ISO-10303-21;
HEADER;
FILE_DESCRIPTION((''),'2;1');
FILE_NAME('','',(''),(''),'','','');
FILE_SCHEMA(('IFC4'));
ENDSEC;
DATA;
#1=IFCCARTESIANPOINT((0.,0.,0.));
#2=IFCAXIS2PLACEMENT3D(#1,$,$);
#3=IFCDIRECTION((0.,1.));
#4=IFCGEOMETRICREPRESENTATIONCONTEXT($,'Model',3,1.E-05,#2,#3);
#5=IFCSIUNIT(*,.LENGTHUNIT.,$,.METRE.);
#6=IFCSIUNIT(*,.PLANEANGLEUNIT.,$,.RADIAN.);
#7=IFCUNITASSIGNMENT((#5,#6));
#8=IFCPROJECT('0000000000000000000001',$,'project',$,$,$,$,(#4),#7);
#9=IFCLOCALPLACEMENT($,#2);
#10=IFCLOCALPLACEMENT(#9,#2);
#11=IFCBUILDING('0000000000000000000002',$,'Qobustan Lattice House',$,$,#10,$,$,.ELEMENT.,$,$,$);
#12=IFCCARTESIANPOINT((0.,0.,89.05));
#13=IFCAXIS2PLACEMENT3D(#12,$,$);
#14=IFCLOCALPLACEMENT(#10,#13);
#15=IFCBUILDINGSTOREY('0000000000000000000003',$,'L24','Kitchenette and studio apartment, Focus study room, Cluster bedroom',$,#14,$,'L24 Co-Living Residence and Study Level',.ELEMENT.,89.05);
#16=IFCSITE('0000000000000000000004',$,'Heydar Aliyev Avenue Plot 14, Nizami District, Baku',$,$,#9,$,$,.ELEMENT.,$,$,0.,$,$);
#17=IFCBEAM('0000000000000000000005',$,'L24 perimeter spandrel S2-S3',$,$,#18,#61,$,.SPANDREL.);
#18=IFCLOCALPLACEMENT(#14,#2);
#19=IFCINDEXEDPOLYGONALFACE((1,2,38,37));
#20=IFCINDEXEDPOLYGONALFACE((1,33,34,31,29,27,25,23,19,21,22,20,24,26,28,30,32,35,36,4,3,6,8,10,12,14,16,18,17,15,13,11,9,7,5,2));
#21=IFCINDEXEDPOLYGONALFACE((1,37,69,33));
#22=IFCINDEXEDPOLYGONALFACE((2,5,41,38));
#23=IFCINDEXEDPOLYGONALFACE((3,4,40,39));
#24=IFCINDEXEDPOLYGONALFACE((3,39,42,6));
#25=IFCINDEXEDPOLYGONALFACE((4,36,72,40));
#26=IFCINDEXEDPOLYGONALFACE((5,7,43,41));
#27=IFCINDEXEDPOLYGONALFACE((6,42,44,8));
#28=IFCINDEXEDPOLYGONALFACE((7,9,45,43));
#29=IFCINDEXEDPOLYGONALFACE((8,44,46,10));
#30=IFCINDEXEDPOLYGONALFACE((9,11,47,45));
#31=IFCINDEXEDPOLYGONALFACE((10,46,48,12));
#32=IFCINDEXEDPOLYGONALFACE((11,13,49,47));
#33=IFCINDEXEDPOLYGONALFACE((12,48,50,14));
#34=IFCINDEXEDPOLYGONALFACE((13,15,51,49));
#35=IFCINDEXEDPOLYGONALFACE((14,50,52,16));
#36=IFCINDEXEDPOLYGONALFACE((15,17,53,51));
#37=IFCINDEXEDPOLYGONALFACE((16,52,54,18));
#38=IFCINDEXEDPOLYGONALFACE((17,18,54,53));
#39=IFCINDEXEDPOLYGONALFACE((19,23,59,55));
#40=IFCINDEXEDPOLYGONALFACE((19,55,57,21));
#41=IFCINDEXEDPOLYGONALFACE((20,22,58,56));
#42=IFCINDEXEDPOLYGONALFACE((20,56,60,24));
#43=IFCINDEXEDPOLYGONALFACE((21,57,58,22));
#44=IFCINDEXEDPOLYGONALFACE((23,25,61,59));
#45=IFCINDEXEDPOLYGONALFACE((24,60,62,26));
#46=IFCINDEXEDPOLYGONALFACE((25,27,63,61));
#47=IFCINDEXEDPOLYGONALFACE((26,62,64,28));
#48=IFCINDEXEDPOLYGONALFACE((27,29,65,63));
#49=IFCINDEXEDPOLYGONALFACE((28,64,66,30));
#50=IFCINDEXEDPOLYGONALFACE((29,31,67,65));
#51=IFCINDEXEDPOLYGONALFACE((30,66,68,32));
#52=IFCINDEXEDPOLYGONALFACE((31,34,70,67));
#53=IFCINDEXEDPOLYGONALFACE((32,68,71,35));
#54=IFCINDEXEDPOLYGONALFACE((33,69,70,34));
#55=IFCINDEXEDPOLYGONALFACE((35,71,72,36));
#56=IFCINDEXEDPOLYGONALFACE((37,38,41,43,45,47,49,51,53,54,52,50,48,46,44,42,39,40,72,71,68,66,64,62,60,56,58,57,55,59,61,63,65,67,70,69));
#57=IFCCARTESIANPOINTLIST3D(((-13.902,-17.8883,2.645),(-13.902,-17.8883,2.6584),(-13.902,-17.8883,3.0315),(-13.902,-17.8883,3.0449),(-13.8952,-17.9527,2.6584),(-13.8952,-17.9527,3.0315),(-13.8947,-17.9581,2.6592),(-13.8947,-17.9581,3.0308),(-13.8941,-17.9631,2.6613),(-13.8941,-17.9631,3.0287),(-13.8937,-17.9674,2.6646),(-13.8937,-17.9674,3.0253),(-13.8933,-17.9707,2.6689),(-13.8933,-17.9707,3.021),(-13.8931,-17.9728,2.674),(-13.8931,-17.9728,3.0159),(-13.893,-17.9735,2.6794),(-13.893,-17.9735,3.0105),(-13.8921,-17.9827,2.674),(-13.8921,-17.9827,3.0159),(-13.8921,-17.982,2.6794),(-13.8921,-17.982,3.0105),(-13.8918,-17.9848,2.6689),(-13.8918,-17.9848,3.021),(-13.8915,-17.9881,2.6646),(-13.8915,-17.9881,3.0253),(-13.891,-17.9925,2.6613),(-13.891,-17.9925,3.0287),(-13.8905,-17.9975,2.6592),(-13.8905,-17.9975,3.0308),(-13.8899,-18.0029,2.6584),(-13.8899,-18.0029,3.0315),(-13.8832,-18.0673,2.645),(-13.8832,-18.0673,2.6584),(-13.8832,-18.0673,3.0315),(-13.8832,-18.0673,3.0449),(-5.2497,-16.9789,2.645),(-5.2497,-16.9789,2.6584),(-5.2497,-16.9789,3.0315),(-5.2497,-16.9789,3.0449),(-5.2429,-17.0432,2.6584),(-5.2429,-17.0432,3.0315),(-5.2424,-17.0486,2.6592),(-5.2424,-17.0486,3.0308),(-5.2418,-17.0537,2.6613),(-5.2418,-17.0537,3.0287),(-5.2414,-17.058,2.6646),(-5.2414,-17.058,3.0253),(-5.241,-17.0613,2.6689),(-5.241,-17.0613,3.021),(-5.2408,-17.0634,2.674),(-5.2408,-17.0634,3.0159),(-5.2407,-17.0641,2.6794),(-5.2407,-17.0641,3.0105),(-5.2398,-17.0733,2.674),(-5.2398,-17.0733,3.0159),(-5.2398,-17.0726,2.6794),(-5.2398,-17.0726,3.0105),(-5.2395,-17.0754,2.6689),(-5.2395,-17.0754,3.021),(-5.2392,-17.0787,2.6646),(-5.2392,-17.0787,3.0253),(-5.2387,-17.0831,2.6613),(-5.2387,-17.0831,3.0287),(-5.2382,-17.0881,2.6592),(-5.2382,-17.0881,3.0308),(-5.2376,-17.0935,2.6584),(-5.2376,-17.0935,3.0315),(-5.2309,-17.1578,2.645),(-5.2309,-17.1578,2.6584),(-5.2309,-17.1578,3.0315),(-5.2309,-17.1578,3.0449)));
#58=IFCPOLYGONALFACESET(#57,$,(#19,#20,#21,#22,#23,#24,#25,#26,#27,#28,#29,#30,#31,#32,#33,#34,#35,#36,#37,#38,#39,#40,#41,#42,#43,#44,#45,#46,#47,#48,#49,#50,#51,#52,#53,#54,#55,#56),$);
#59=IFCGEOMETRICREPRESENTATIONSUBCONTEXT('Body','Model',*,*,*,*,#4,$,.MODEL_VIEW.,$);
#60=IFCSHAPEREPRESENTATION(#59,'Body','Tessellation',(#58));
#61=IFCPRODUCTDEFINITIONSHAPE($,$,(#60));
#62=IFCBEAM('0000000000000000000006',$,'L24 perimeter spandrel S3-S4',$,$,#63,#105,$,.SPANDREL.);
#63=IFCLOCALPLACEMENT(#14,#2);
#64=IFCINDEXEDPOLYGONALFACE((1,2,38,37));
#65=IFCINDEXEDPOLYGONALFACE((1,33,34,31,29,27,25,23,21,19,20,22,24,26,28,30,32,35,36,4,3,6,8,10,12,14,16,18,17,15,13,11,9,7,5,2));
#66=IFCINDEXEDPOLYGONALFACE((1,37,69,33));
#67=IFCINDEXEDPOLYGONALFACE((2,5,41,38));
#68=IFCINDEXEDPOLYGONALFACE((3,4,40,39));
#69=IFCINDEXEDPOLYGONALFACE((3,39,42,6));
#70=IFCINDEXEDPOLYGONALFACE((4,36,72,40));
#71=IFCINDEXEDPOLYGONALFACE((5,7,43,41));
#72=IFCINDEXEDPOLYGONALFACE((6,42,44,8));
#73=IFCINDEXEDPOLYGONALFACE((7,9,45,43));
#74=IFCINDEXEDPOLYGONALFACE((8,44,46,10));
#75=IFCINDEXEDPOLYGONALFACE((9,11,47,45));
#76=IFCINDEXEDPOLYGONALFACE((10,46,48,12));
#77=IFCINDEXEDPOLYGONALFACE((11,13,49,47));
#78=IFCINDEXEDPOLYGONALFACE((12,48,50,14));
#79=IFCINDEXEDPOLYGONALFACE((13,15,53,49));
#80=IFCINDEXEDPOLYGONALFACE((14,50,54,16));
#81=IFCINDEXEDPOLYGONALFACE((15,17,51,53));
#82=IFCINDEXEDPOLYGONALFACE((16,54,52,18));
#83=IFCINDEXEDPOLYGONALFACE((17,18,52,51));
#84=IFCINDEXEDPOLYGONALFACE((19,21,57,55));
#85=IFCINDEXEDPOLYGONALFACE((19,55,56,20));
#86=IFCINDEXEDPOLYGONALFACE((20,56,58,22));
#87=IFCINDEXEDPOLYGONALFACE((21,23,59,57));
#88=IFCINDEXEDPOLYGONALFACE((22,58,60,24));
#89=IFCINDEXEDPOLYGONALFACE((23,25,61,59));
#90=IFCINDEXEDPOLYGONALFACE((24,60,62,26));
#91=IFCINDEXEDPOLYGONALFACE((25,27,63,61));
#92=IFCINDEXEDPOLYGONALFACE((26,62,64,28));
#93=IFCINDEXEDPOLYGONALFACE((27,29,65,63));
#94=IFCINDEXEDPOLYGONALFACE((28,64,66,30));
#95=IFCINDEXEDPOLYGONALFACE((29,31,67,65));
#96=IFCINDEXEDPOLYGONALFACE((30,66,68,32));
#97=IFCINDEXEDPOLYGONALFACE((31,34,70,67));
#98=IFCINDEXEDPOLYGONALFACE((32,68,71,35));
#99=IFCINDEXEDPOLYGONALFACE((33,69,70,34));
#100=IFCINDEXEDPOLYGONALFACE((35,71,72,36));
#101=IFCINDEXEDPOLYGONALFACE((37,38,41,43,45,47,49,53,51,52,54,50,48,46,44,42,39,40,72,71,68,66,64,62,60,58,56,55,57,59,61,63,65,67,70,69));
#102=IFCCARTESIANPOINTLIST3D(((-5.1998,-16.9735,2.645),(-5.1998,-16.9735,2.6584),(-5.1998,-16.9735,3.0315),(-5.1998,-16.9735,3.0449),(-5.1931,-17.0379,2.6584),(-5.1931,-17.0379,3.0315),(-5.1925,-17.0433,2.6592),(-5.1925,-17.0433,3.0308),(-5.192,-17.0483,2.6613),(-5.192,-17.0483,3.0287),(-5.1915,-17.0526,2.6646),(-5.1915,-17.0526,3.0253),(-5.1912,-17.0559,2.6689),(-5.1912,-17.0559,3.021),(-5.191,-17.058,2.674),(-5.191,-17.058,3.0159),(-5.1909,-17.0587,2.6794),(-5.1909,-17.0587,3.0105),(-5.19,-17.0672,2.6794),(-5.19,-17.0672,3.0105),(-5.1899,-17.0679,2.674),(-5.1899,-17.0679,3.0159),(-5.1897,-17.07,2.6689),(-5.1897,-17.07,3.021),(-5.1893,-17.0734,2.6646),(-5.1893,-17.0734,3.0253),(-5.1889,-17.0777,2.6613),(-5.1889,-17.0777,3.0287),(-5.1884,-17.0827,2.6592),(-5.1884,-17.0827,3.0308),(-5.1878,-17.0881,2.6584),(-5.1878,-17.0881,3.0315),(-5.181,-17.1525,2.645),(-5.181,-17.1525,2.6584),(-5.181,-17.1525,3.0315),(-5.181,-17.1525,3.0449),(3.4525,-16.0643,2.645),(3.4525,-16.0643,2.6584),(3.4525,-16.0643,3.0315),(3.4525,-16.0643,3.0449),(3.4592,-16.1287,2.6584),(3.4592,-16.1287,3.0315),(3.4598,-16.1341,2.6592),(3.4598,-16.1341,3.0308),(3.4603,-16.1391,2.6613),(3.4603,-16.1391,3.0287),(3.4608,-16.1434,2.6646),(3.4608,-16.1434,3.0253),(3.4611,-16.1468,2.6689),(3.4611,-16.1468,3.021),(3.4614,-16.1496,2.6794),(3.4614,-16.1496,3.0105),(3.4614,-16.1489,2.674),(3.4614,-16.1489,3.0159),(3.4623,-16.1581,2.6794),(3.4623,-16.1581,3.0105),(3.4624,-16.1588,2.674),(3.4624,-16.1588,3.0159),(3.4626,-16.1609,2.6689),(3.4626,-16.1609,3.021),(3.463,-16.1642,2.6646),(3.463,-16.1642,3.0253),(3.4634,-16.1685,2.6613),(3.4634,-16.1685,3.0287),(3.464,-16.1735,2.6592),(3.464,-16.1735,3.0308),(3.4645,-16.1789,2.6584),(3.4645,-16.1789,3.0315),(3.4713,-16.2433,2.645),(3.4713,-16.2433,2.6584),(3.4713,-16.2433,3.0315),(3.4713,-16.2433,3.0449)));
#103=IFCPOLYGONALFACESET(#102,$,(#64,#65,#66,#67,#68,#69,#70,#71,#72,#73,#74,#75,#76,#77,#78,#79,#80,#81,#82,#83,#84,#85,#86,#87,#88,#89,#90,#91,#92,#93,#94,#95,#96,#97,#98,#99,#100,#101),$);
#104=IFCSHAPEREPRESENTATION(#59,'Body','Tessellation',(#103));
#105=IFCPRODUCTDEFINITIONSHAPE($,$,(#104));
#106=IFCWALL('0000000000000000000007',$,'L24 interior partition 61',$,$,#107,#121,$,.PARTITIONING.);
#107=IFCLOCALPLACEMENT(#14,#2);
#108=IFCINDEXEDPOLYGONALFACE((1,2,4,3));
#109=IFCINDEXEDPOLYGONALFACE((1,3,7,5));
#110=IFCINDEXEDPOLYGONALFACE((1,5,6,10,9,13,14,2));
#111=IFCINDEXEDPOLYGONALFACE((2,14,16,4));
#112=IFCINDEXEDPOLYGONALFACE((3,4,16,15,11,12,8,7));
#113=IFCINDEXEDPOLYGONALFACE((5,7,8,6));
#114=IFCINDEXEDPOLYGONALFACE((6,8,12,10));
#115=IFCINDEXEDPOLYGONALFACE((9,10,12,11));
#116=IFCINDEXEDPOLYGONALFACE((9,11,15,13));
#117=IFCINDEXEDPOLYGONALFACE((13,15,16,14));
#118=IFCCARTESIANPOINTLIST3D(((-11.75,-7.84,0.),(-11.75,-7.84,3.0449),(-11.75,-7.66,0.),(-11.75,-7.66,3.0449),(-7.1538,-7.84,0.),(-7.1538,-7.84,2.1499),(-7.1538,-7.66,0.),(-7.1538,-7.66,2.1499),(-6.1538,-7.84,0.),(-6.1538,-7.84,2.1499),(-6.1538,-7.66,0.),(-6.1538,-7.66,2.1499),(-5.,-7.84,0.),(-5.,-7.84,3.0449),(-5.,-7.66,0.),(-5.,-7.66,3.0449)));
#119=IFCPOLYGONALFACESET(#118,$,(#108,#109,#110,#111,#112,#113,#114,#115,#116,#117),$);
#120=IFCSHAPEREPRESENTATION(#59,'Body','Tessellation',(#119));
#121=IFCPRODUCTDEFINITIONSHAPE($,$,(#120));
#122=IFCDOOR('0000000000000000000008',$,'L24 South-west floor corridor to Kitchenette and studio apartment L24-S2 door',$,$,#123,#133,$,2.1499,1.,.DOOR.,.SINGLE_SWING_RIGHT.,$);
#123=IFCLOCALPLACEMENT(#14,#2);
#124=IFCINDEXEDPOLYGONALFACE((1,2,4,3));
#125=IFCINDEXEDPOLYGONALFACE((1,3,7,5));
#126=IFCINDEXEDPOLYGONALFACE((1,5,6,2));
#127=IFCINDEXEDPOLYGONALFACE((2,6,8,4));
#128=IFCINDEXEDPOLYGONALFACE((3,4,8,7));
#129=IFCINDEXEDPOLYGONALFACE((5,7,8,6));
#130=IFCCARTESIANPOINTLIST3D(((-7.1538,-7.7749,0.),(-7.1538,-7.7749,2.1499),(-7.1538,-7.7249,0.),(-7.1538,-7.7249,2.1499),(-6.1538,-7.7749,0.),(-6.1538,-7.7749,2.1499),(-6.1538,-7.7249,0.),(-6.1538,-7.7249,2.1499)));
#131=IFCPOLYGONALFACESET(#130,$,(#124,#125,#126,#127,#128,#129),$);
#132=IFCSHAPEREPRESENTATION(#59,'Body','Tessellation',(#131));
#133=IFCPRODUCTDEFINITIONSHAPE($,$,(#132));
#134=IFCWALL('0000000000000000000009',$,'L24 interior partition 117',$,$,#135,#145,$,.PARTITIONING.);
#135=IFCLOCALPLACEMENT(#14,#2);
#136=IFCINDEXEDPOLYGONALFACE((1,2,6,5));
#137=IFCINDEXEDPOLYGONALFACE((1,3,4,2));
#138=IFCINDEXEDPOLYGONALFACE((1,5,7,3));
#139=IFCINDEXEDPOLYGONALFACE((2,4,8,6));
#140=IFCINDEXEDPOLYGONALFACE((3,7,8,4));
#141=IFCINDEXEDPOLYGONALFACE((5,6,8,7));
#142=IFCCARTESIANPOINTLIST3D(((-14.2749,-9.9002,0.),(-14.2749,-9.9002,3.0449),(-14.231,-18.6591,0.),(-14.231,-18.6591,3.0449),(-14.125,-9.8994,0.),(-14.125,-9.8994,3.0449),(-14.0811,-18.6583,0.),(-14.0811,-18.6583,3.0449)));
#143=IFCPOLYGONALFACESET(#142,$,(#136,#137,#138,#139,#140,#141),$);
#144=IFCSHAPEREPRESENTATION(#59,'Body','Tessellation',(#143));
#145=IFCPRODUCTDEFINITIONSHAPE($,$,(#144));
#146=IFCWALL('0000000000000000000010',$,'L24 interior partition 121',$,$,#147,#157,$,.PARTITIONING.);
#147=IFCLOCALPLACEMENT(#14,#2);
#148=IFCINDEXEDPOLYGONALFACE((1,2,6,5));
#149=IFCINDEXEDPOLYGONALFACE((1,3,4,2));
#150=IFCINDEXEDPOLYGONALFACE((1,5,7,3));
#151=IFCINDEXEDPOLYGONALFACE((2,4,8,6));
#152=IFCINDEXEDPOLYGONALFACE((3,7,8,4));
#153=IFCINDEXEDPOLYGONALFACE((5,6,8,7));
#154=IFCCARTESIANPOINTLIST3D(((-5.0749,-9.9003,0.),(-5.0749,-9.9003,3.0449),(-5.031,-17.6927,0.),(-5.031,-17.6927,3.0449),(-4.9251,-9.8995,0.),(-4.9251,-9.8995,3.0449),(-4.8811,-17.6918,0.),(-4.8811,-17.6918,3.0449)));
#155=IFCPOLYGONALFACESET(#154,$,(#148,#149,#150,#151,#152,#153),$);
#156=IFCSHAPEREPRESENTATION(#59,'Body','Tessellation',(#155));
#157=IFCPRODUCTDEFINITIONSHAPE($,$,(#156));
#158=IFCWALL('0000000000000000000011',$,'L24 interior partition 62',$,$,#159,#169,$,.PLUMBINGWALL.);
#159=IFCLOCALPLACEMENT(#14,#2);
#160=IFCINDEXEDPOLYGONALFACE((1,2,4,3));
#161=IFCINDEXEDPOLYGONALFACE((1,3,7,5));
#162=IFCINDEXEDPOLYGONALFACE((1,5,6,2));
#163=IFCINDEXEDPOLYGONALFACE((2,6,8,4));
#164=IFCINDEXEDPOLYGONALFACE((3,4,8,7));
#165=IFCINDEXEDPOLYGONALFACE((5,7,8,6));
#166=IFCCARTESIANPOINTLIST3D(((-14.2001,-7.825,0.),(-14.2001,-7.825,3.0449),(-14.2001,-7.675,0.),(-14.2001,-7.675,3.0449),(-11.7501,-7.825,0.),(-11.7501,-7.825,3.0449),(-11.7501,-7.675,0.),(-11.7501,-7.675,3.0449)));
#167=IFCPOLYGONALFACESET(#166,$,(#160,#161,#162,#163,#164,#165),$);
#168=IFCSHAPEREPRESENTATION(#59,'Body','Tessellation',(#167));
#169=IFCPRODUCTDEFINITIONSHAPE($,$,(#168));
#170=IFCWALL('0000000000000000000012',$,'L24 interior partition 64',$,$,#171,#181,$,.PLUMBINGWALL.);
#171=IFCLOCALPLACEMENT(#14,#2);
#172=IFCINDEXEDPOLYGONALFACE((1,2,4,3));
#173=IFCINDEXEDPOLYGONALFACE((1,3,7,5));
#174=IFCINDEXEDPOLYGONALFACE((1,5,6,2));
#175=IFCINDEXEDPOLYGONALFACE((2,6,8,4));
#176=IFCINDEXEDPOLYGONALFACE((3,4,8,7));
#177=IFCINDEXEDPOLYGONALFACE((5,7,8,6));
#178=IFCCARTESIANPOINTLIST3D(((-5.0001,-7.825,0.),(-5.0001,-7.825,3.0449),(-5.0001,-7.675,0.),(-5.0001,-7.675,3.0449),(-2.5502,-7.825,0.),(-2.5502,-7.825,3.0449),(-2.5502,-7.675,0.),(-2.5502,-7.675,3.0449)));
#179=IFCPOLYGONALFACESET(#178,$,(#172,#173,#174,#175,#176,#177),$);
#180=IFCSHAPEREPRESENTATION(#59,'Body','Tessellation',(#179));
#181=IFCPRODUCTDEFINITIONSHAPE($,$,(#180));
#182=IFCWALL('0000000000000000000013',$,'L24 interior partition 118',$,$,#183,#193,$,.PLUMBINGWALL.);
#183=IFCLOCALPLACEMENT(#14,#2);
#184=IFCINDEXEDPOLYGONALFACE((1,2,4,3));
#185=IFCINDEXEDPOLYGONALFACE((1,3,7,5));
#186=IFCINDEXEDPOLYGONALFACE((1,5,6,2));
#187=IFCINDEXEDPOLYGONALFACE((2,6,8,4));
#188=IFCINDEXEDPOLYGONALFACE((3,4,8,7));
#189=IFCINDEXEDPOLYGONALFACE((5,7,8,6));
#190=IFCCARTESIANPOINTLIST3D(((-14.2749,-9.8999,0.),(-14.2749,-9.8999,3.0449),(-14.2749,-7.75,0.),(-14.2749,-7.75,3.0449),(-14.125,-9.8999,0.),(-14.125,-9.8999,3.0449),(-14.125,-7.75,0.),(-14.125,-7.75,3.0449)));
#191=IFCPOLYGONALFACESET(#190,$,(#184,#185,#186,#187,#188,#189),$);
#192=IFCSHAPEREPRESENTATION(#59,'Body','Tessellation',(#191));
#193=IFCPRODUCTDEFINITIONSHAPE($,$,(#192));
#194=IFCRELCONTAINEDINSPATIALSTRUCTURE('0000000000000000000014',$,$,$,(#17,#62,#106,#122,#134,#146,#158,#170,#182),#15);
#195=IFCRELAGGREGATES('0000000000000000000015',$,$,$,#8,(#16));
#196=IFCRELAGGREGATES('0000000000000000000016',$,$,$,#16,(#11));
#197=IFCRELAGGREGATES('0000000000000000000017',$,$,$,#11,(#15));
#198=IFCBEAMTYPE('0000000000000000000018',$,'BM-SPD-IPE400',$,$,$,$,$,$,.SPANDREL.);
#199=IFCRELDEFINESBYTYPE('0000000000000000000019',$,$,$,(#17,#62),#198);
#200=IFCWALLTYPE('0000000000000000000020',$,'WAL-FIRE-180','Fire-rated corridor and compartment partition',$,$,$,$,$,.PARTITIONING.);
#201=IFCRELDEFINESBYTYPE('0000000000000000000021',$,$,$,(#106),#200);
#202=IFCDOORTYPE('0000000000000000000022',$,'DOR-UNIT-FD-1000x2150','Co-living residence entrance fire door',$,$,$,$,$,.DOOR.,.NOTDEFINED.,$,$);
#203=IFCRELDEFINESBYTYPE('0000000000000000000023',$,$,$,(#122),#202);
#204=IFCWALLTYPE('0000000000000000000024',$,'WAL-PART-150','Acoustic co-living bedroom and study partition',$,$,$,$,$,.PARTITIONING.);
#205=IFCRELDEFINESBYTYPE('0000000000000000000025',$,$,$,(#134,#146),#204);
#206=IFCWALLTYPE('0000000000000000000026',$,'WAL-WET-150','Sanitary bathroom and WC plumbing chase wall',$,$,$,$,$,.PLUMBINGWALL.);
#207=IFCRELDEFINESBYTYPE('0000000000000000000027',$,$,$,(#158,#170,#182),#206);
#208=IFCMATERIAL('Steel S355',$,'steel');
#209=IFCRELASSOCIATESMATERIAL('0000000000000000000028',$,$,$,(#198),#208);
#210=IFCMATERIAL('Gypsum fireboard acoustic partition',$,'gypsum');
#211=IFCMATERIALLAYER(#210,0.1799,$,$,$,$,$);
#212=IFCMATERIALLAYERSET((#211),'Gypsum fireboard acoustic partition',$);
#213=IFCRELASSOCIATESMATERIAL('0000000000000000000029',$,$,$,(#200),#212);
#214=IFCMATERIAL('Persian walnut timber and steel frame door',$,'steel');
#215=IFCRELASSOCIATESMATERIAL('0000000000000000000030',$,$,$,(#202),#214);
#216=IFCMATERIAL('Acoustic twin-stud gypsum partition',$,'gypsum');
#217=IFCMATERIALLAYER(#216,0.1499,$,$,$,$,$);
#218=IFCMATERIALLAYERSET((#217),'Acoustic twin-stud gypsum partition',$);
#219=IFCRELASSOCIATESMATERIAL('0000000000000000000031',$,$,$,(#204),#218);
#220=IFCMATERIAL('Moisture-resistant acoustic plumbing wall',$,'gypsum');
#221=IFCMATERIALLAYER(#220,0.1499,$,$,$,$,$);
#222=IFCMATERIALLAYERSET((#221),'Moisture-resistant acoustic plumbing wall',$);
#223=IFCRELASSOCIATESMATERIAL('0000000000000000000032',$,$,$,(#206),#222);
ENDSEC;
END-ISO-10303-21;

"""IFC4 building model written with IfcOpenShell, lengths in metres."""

from ifc_helpers import new_model, si_unit, direction, frame, frame_2d, origin, origin_2d, place, context, subcontext, project, spatial, rectangle, i_section, extrude, material, layer, layer_set, material_profile, profile_set, type_object, element, fill, save


model = new_model("IFC4")

# Units and contexts
model_context = context("Model", 3, precision=1e-05, world=origin(), true_north=direction((0.0, 1.0)))
body_context = subcontext(model_context, "Body", "Model", "MODEL_VIEW")
ifc_project = project(units=[si_unit("LENGTHUNIT", "METRE"), si_unit("PLANEANGLEUNIT", "RADIAN")], contexts=[model_context])

# Site, building, storey
site_placement = place(None, origin())
site = spatial("IfcSite", under=ifc_project, at=site_placement, Name="Heydar Aliyev Avenue Plot 14, Nizami District, Baku", CompositionType="ELEMENT", RefElevation=0.0)
building_placement = place(site_placement, origin())
building = spatial("IfcBuilding", under=site, at=building_placement, Name="Qobustan Lattice House", CompositionType="ELEMENT")
storey_placement = place(building_placement, frame((0.0, 0.0, 89.05)))
storey = spatial("IfcBuildingStorey", under=building, at=storey_placement, Name="L24", Description="Kitchenette and studio apartment, Focus study room, Cluster bedroom", LongName="L24 Co-Living Residence and Study Level", CompositionType="ELEMENT", Elevation=89.05)

# Beams
ifc_material_1 = material(Name="Steel S355", Category="steel")
ifc_material_profile_1 = material_profile(ifc_material_1, i_section(OverallWidth=0.1799, OverallDepth=0.3999, WebThickness=0.0085, FlangeThickness=0.0134, FilletRadius=0.021, at=origin_2d()), Name="IPE400")
ifc_profile_set_1 = profile_set([ifc_material_profile_1], Name="Steel S355")
beam_type_1 = type_object("IfcBeamType", Name="BM-SPD-IPE400", PredefinedType="SPANDREL", material=ifc_profile_set_1)
for number, where, z_axis, x_axis, name in (
    (1, (-13.8926, -17.9778, 2.845), (0.994522, 0.104531, 0.0), (-0.104531, 0.994522, 0.0), "L24 perimeter spandrel S2-S3"),
    (2, (-5.1904, -17.063, 2.845), (0.994525, 0.104504, 0.0), (-0.104504, 0.994525, 0.0), "L24 perimeter spandrel S3-S4"),
):
    element("IfcBeam", number, at=place(storey_placement, frame(where, z_axis=z_axis, x_axis=x_axis)), inside=storey, type_object=beam_type_1, Name=name, PredefinedType="SPANDREL", context=body_context, shape_type="SweptSolid", body=[
        extrude(i_section(OverallWidth=0.1799, OverallDepth=0.3999, WebThickness=0.0085, FlangeThickness=0.0134, FilletRadius=0.021, at=origin_2d()), origin(), (0.0, 0.0, 1.0), 8.7),
    ])

# Wall, opening, door
ifc_material_2 = material(Name="Gypsum fireboard acoustic partition", Category="gypsum")
ifc_layer_1 = layer(ifc_material_2, 0.1799)
ifc_layer_set_1 = layer_set([ifc_layer_1], Name="Gypsum fireboard acoustic partition")
wall_type_1 = type_object("IfcWallType", Name="WAL-FIRE-180", Description="Fire-rated corridor and compartment partition", PredefinedType="PARTITIONING", material=ifc_layer_set_1)
wall_1_placement = place(storey_placement, frame((-5.0, -7.75, 0.0), z_axis=(0.0, 0.0, 1.0), x_axis=(-1.0, 0.0, 0.0)))
wall_1 = element("IfcWall", 3, at=wall_1_placement, inside=storey, type_object=wall_type_1, Name="L24 interior partition 61", PredefinedType="PARTITIONING", context=body_context, shape_type="SweptSolid", body=[
    extrude(rectangle(XDim=6.75, YDim=0.1799, at=frame_2d((3.375, 0.0))), origin(), (0.0, 0.0, 1.0), 3.0449),
])
opening_1_placement = place(wall_1_placement, frame((1.1538, 0.0, 0.0)))
opening_1 = element("IfcOpeningElement", 4, at=opening_1_placement, cuts=wall_1, PredefinedType="OPENING", context=body_context, shape_type="SweptSolid", body=[
    extrude(rectangle(XDim=1.0, YDim=2.1499, at=frame_2d((0.5, 1.075))), frame((0.0, 0.0999, 0.0), z_axis=(0.0, -1.0, 0.0), x_axis=(1.0, 0.0, 0.0)), (0.0, 0.0, 1.0), 0.2),
])
ifc_material_3 = material(Name="Persian walnut timber and steel frame door", Category="steel")
door_type_1 = type_object("IfcDoorType", Name="DOR-UNIT-FD-1000x2150", Description="Co-living residence entrance fire door", OperationType="NOTDEFINED", PredefinedType="DOOR", material=ifc_material_3)
door_1_placement = place(opening_1_placement, origin())
door_1 = element("IfcDoor", 5, at=door_1_placement, inside=storey, type_object=door_type_1, Name="L24 South-west floor corridor to Kitchenette and studio apartment L24-S2 door", OperationType="SINGLE_SWING_RIGHT", OverallHeight=2.1499, OverallWidth=1.0, PredefinedType="DOOR", context=body_context, shape_type="SweptSolid", body=[
    extrude(rectangle(XDim=1.0, YDim=2.1499, at=frame_2d((0.5, 1.075))), frame((0.0, 0.0249, 0.0), z_axis=(0.0, -1.0, 0.0), x_axis=(1.0, 0.0, 0.0)), (0.0, 0.0, 1.0), 0.05),
])
fill(opening_1, door_1)
ifc_material_4 = material(Name="Acoustic twin-stud gypsum partition", Category="gypsum")
ifc_layer_2 = layer(ifc_material_4, 0.1499)
ifc_layer_set_2 = layer_set([ifc_layer_2], Name="Acoustic twin-stud gypsum partition")
wall_type_2 = type_object("IfcWallType", Name="WAL-PART-150", Description="Acoustic co-living bedroom and study partition", PredefinedType="PARTITIONING", material=ifc_layer_set_2)

# Walls
wall_2_placement = place(storey_placement, frame((-14.2, -9.8999, 0.0), z_axis=(0.0, 0.0, 1.0), x_axis=(0.005017, -0.999987, 0.0)))
element("IfcWall", 6, at=wall_2_placement, inside=storey, type_object=wall_type_2, Name="L24 interior partition 117", PredefinedType="PARTITIONING", context=body_context, shape_type="SweptSolid", body=[
    extrude(rectangle(XDim=8.759, YDim=0.1499, at=frame_2d((4.3794, 0.0))), origin(), (0.0, 0.0, 1.0), 3.0449),
])
wall_3_placement = place(storey_placement, frame((-5.0, -9.8999, 0.0), z_axis=(0.0, 0.0, 1.0), x_axis=(0.00564, -0.999984, 0.0)))
element("IfcWall", 7, at=wall_3_placement, inside=storey, type_object=wall_type_2, Name="L24 interior partition 121", PredefinedType="PARTITIONING", context=body_context, shape_type="SweptSolid", body=[
    extrude(rectangle(XDim=7.7925, YDim=0.1499, at=frame_2d((3.8962, 0.0))), origin(), (0.0, 0.0, 1.0), 3.0449),
])
ifc_material_5 = material(Name="Moisture-resistant acoustic plumbing wall", Category="gypsum")
ifc_layer_3 = layer(ifc_material_5, 0.1499)
ifc_layer_set_3 = layer_set([ifc_layer_3], Name="Moisture-resistant acoustic plumbing wall")
wall_type_3 = type_object("IfcWallType", Name="WAL-WET-150", Description="Sanitary bathroom and WC plumbing chase wall", PredefinedType="PLUMBINGWALL", material=ifc_layer_set_3)
for number, where, z_axis, x_axis, name in (
    (8, (-11.75, -7.75, 0.0), (0.0, 0.0, 1.0), (-1.0, 0.0, 0.0), "L24 interior partition 62"),
    (9, (-2.55, -7.75, 0.0), (0.0, 0.0, 1.0), (-1.0, 0.0, 0.0), "L24 interior partition 64"),
):
    element("IfcWall", number, at=place(storey_placement, frame(where, z_axis=z_axis, x_axis=x_axis)), inside=storey, type_object=wall_type_3, Name=name, PredefinedType="PLUMBINGWALL", context=body_context, shape_type="SweptSolid", body=[
        extrude(rectangle(XDim=2.45, YDim=0.1499, at=frame_2d((1.2251, 0.0))), origin(), (0.0, 0.0, 1.0), 3.0449),
    ])
wall_4_placement = place(storey_placement, frame((-14.2, -7.75, 0.0), z_axis=(0.0, 0.0, 1.0), x_axis=(0.0, -1.0, 0.0)))
element("IfcWall", 10, at=wall_4_placement, inside=storey, type_object=wall_type_3, Name="L24 interior partition 118", PredefinedType="PLUMBINGWALL", context=body_context, shape_type="SweptSolid", body=[
    extrude(rectangle(XDim=2.1499, YDim=0.1499, at=frame_2d((1.075, 0.0))), origin(), (0.0, 0.0, 1.0), 3.0449),
])

save(model, "model.ifc")
